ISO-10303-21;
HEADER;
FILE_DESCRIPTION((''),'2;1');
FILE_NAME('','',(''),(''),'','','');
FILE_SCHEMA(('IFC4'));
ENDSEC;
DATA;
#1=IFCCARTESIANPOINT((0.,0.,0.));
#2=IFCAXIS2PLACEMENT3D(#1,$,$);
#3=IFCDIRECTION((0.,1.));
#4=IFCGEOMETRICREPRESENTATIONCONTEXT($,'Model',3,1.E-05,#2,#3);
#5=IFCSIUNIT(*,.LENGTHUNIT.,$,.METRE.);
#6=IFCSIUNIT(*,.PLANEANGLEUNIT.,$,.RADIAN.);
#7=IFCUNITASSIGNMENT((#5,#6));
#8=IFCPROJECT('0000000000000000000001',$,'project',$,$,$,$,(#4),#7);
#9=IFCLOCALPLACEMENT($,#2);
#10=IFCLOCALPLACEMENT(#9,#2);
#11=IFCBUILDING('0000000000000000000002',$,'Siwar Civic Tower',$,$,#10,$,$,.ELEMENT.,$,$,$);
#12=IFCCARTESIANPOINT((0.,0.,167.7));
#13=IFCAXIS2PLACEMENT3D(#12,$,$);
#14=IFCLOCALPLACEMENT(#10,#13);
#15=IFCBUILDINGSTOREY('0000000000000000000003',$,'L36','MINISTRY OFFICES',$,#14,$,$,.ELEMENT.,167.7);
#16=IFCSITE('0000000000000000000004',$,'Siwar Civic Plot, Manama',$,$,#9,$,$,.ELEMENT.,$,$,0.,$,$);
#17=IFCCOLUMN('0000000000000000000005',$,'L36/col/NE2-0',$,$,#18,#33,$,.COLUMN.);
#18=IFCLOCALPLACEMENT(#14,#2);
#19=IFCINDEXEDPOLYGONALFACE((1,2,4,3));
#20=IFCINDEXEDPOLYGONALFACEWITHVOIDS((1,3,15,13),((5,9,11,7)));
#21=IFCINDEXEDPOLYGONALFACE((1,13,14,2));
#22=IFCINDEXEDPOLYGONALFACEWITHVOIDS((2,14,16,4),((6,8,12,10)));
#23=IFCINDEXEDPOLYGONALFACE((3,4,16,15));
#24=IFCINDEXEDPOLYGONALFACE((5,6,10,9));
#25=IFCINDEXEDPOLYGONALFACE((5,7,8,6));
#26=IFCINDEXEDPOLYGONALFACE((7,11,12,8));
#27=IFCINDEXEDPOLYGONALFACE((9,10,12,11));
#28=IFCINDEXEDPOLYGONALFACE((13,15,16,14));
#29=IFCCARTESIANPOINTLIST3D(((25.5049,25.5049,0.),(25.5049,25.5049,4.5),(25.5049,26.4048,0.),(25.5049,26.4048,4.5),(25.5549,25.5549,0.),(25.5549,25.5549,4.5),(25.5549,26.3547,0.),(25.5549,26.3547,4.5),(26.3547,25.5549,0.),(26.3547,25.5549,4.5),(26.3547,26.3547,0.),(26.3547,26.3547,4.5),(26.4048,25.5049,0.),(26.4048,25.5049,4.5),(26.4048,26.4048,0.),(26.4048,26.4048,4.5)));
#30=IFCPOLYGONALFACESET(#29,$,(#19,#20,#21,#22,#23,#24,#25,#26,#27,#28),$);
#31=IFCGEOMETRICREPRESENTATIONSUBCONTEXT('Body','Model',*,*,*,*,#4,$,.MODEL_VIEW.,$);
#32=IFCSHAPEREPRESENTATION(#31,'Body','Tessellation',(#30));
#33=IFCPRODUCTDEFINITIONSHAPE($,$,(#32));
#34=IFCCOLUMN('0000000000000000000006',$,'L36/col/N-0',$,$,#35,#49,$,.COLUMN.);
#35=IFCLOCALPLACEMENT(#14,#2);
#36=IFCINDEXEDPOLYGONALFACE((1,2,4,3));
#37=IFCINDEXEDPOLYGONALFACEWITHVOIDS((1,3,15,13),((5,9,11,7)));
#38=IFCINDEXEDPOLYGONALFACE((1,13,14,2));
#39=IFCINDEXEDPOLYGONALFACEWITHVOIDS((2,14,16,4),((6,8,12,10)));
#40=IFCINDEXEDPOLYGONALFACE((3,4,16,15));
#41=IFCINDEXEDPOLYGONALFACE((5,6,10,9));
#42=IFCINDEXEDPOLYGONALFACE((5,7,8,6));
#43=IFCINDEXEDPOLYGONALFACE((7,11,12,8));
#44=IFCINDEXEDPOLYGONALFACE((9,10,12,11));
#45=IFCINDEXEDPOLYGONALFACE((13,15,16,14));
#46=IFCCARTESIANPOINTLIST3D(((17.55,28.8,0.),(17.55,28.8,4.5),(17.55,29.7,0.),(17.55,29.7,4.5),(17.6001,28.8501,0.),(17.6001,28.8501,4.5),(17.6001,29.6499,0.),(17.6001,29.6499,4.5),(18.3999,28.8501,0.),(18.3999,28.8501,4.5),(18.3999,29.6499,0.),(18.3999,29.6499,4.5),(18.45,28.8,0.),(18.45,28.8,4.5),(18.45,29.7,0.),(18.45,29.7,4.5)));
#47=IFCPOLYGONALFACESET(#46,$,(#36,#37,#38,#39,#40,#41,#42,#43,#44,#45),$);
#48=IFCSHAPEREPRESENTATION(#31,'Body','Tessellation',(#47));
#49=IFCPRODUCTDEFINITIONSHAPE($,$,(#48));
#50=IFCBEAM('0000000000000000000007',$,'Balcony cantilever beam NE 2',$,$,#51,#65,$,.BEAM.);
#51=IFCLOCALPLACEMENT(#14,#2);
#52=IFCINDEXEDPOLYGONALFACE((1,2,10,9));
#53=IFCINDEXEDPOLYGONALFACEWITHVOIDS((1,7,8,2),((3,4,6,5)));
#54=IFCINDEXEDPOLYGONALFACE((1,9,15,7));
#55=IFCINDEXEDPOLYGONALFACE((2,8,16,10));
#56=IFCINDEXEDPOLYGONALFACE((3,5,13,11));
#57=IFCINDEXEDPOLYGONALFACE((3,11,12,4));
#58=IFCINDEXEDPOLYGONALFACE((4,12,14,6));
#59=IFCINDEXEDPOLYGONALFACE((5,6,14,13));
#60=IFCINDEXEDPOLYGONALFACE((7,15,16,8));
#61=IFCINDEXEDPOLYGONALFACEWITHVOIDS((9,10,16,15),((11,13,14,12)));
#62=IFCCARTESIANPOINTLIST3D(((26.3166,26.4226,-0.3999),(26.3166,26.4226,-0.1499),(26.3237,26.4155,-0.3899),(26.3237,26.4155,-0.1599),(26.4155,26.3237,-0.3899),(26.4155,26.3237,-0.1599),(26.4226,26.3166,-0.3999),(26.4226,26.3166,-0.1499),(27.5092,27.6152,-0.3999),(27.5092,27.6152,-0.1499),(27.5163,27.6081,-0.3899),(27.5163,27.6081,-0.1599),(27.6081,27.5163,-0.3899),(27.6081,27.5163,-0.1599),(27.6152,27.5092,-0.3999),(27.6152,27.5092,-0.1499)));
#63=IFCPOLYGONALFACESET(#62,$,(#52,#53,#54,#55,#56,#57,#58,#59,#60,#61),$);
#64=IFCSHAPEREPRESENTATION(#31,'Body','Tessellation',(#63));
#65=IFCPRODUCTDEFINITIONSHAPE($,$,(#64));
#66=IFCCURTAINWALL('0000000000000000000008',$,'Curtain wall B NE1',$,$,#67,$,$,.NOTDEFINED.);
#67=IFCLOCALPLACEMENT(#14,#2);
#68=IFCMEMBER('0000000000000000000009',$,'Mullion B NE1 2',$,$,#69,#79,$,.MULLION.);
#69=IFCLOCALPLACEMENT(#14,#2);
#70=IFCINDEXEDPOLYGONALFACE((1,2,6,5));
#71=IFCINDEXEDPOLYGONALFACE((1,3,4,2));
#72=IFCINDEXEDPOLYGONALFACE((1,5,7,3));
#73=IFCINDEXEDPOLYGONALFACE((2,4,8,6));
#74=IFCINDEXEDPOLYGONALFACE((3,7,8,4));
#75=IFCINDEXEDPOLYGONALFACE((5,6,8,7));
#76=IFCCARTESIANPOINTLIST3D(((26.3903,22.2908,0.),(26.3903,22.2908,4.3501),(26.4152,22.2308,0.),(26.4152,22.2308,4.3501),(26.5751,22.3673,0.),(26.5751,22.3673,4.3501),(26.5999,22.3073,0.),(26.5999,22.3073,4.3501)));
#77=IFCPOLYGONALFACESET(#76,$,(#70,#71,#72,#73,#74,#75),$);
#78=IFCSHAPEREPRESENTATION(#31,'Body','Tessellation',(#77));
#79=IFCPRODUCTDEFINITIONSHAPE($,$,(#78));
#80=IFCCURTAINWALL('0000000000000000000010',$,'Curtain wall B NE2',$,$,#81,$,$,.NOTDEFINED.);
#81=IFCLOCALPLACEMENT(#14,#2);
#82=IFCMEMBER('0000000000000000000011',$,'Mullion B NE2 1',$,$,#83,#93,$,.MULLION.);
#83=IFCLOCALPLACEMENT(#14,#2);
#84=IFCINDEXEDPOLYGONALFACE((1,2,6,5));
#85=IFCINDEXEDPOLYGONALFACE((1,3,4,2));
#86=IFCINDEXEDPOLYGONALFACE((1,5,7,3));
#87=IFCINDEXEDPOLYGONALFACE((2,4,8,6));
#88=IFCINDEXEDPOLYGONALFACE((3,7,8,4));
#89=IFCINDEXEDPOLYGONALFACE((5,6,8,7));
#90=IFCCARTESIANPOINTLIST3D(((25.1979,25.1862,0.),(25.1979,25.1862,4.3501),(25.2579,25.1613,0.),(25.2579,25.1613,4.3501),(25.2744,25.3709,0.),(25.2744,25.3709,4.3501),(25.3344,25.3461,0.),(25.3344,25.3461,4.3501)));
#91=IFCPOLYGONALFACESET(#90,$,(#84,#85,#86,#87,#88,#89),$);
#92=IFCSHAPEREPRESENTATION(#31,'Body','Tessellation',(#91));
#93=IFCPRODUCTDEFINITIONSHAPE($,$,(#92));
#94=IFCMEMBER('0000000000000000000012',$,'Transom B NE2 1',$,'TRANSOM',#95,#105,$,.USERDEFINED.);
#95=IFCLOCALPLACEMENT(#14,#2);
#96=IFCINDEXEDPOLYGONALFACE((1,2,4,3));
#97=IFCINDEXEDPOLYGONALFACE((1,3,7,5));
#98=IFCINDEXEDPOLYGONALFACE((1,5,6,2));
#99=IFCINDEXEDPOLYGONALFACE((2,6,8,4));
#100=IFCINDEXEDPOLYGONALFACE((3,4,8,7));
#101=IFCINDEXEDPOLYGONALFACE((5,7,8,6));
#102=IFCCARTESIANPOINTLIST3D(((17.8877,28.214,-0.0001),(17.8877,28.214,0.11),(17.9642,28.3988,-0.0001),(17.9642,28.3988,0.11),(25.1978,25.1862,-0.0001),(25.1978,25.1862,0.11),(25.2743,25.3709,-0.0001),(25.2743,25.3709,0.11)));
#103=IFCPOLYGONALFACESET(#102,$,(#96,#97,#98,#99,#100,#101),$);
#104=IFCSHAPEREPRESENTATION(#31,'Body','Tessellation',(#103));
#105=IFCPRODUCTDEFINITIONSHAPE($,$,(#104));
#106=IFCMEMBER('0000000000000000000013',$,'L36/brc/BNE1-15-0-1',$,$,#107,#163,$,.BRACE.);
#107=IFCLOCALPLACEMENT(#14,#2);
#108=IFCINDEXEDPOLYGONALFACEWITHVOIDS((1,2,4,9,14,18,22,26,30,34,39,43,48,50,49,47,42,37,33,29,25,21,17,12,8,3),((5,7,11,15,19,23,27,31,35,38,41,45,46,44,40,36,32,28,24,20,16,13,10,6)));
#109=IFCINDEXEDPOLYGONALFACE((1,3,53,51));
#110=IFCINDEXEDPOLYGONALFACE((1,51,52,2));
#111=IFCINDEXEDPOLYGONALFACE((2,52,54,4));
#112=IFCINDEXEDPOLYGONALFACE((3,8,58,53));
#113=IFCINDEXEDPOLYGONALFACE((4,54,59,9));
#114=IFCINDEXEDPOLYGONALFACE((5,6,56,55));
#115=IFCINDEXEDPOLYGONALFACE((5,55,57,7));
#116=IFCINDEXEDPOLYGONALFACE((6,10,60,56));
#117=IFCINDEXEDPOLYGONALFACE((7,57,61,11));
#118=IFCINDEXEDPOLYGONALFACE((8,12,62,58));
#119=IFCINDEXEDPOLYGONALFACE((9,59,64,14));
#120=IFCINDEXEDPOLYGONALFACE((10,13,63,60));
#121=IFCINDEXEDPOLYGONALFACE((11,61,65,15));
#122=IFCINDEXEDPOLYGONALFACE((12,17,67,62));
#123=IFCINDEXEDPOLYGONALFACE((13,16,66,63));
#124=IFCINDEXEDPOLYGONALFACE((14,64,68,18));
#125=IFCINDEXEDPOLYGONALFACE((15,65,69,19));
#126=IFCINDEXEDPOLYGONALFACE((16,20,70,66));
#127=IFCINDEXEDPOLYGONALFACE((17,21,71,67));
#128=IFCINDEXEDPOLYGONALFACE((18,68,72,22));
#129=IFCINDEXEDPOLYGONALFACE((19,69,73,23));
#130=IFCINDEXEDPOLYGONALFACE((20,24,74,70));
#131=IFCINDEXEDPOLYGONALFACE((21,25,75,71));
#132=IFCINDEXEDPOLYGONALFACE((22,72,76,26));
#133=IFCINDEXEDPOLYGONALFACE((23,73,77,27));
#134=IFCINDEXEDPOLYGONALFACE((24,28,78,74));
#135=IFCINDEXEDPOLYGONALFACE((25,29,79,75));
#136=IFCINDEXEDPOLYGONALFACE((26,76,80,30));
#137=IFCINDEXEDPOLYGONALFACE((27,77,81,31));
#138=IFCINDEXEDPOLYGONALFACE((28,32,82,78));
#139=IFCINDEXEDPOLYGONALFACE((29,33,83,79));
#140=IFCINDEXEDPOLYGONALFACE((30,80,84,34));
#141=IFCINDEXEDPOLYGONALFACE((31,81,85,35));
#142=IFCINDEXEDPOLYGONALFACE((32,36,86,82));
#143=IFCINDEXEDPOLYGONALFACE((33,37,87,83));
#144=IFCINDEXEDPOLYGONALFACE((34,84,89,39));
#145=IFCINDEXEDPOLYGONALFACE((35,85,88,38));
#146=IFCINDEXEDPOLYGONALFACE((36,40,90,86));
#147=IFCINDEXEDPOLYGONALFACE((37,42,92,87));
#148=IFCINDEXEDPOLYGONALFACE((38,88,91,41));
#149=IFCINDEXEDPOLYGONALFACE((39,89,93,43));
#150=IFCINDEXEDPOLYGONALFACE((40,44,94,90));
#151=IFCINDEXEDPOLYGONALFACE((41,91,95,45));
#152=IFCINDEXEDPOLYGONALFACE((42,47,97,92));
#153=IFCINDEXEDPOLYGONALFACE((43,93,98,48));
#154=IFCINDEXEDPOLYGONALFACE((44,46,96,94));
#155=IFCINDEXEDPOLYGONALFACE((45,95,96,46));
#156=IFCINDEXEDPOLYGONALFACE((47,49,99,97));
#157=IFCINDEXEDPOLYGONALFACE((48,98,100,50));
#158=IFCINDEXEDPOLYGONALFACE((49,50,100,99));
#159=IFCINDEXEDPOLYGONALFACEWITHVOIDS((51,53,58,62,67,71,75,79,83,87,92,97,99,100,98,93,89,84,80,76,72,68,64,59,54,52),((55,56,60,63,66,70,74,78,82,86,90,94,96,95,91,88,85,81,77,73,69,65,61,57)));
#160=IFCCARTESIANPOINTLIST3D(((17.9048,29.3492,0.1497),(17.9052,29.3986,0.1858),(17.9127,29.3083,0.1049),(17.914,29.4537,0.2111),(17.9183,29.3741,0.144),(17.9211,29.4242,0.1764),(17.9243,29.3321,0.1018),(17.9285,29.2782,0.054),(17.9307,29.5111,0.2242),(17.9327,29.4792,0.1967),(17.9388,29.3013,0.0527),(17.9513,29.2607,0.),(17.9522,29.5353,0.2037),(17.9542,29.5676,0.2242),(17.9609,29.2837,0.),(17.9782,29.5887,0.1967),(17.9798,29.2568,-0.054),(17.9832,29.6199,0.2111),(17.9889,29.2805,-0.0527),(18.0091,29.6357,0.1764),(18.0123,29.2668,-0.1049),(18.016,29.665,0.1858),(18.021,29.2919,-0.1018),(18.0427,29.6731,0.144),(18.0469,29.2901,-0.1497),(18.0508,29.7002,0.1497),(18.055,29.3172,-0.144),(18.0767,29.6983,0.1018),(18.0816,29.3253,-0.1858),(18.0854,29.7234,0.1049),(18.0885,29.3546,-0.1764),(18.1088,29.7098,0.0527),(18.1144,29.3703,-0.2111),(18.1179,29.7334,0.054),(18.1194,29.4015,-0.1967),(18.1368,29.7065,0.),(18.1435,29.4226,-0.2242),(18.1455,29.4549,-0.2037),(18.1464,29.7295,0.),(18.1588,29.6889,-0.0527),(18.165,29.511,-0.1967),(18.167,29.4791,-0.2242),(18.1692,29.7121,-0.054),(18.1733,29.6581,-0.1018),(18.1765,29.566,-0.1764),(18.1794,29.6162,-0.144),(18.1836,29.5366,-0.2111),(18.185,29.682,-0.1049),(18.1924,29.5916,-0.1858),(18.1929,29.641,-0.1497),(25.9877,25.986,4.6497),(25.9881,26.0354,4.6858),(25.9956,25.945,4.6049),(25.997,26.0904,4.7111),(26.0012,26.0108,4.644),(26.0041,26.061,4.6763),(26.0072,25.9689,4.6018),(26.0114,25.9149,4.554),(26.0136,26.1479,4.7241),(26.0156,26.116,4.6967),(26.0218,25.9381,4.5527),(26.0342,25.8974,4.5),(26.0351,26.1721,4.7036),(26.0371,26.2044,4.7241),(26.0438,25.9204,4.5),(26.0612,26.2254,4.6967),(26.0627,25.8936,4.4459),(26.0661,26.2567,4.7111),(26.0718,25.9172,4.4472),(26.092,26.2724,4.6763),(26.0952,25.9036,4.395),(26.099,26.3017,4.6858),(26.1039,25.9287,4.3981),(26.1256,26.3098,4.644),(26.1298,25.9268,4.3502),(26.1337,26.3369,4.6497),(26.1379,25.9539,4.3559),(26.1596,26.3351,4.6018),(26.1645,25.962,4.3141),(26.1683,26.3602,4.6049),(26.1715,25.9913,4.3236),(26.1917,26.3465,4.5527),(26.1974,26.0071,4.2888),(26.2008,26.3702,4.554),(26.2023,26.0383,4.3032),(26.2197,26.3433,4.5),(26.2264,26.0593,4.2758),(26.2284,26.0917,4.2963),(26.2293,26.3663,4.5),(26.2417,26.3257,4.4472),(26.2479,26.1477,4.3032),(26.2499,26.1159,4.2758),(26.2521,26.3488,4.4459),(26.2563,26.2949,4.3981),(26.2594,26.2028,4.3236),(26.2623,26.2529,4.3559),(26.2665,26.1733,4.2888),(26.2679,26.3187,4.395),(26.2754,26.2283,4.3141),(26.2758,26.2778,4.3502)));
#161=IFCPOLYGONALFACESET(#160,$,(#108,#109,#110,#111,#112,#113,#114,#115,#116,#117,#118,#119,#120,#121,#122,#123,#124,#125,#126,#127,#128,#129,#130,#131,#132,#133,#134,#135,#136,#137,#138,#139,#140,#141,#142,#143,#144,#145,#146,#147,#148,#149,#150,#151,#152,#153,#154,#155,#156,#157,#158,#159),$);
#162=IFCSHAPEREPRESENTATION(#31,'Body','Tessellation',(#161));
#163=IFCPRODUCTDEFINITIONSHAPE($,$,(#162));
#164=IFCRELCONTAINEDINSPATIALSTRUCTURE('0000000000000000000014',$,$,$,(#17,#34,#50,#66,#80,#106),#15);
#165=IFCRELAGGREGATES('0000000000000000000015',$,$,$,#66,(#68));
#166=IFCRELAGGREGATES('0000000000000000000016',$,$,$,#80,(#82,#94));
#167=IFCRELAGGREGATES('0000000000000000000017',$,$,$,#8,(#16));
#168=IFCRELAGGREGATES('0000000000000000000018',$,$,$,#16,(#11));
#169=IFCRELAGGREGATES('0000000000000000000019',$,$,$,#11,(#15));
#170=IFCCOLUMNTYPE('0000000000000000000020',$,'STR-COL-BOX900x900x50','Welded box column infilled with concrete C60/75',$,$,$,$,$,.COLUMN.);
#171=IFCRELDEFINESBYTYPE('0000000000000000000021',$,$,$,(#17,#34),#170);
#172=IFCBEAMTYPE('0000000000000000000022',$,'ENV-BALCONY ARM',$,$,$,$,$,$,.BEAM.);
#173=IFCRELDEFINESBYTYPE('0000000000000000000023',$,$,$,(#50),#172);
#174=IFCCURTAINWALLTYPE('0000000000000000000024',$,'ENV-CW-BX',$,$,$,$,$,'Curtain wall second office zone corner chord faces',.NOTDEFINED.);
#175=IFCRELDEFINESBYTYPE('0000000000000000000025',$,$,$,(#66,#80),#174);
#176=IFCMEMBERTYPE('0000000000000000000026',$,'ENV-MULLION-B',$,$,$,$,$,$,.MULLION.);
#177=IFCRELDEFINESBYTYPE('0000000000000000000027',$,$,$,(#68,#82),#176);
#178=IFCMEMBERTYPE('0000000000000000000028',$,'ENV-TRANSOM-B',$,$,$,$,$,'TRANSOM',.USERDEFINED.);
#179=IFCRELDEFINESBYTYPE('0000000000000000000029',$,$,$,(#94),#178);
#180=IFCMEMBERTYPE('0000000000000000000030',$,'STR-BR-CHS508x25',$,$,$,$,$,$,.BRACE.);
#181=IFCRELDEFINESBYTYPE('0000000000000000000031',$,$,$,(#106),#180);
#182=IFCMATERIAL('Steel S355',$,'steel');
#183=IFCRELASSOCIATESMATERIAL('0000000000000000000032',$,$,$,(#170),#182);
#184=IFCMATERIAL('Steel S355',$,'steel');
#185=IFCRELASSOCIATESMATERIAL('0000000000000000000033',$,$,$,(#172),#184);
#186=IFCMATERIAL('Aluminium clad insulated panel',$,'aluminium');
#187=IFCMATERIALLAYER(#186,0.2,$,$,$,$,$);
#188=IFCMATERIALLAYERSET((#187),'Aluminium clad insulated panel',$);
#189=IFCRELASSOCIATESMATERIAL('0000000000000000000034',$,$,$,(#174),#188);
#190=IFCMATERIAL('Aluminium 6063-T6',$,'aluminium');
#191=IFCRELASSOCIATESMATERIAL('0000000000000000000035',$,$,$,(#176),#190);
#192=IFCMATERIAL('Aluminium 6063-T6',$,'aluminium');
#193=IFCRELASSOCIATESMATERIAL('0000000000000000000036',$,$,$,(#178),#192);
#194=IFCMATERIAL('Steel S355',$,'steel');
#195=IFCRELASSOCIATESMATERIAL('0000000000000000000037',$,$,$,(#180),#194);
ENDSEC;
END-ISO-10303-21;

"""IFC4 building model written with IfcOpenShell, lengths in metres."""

from ifc_helpers import new_model, si_unit, direction, frame, origin, origin_2d, place, context, subcontext, project, spatial, rectangle, hollow_rectangle, hollow_circle, extrude, material, layer, layer_set, material_profile, profile_set, type_object, element, aggregate, save


model = new_model("IFC4")

# Units and contexts
model_context = context("Model", 3, precision=1e-05, world=origin(), true_north=direction((0.0, 1.0)))
body_context = subcontext(model_context, "Body", "Model", "MODEL_VIEW")
ifc_project = project(units=[si_unit("LENGTHUNIT", "METRE"), si_unit("PLANEANGLEUNIT", "RADIAN")], contexts=[model_context])

# Site, building, storey
site_placement = place(None, origin())
site = spatial("IfcSite", under=ifc_project, at=site_placement, Name="Siwar Civic Plot, Manama", CompositionType="ELEMENT", RefElevation=0.0)
building_placement = place(site_placement, origin())
building = spatial("IfcBuilding", under=site, at=building_placement, Name="Siwar Civic Tower", CompositionType="ELEMENT")
storey_placement = place(building_placement, frame((0.0, 0.0, 167.7)))
storey = spatial("IfcBuildingStorey", under=building, at=storey_placement, Name="L36", Description="MINISTRY OFFICES", CompositionType="ELEMENT", Elevation=167.7)

# Columns
ifc_material_1 = material(Name="Steel S355", Category="steel")
ifc_material_profile_1 = material_profile(ifc_material_1, hollow_rectangle(XDim=0.8999, YDim=0.8999, WallThickness=0.05, at=origin_2d()), Name="BOX900x900x50")
ifc_profile_set_1 = profile_set([ifc_material_profile_1], Name="Steel S355")
column_type = type_object("IfcColumnType", Name="STR-COL-BOX900x900x50", Description="Welded box column infilled with concrete C60/75", PredefinedType="COLUMN", material=ifc_profile_set_1)
for number, where, z_axis, x_axis, name in (
    (1, (25.9548, 25.9548, 0.0), (0.0, 0.0, 1.0), (1.0, 0.0, 0.0), "L36/col/NE2-0"),
    (2, (18.0, 29.25, 0.0), (0.0, 0.0, 1.0), (1.0, 0.0, 0.0), "L36/col/N-0"),
):
    element("IfcColumn", number, at=place(storey_placement, frame(where, z_axis=z_axis, x_axis=x_axis)), inside=storey, type_object=column_type, Name=name, PredefinedType="COLUMN", context=body_context, shape_type="SweptSolid", body=[
        extrude(hollow_rectangle(XDim=0.8999, YDim=0.8999, WallThickness=0.05, at=origin_2d()), origin(), (0.0, 0.0, 1.0), 4.5),
    ])

# Beam
ifc_material_2 = material(Name="Steel S355", Category="steel")
ifc_material_profile_2 = material_profile(ifc_material_2, hollow_rectangle(XDim=0.1499, YDim=0.25, WallThickness=0.01, at=origin_2d()), Name="RHS250x150x10")
ifc_profile_set_2 = profile_set([ifc_material_profile_2], Name="Steel S355")
beam_type_1 = type_object("IfcBeamType", Name="ENV-BALCONY ARM", PredefinedType="BEAM", material=ifc_profile_set_2)
beam_1_placement = place(storey_placement, frame((26.3696, 26.3696, -0.2749), z_axis=(0.707107, 0.707107, 0.0), x_axis=(-0.707107, 0.707107, 0.0)))
element("IfcBeam", 3, at=beam_1_placement, inside=storey, type_object=beam_type_1, Name="Balcony cantilever beam NE 2", PredefinedType="BEAM", context=body_context, shape_type="SweptSolid", body=[
    extrude(hollow_rectangle(XDim=0.1499, YDim=0.25, WallThickness=0.01, at=origin_2d()), origin(), (0.0, 0.0, 1.0), 1.6865),
])

# Curtain wall, member
ifc_material_3 = material(Name="Aluminium clad insulated panel", Category="aluminium")
ifc_layer_1 = layer(ifc_material_3, 0.2)
ifc_layer_set_1 = layer_set([ifc_layer_1], Name="Aluminium clad insulated panel")
curtain_wall_type = type_object("IfcCurtainWallType", Name="ENV-CW-BX", ElementType="Curtain wall second office zone corner chord faces", PredefinedType="NOTDEFINED", material=ifc_layer_set_1)
curtain_wall_1_placement = place(storey_placement, origin())
curtain_wall_1 = element("IfcCurtainWall", 4, at=curtain_wall_1_placement, inside=storey, type_object=curtain_wall_type, Name="Curtain wall B NE1", PredefinedType="NOTDEFINED")
ifc_material_4 = material(Name="Aluminium 6063-T6", Category="aluminium")
ifc_material_profile_3 = material_profile(ifc_material_4, rectangle(XDim=0.2, YDim=0.0649, at=origin_2d()), Name="AL 200x65")
ifc_profile_set_3 = profile_set([ifc_material_profile_3], Name="Aluminium 6063-T6")
member_type_1 = type_object("IfcMemberType", Name="ENV-MULLION-B", PredefinedType="MULLION", material=ifc_profile_set_3)
member_1_placement = place(storey_placement, frame((26.4951, 22.2991, 0.0), z_axis=(0.0, 0.0, 1.0), x_axis=(-0.92388, -0.382683, 0.0)))
member_1 = element("IfcMember", 5, at=member_1_placement, type_object=member_type_1, Name="Mullion B NE1 2", PredefinedType="MULLION", context=body_context, shape_type="SweptSolid", body=[
    extrude(rectangle(XDim=0.2, YDim=0.0649, at=origin_2d()), origin(), (0.0, 0.0, 1.0), 4.3501),
])
aggregate(curtain_wall_1, [member_1])

# Curtain wall, members
curtain_wall_2_placement = place(storey_placement, origin())
curtain_wall_2 = element("IfcCurtainWall", 6, at=curtain_wall_2_placement, inside=storey, type_object=curtain_wall_type, Name="Curtain wall B NE2", PredefinedType="NOTDEFINED")
member_2_placement = place(storey_placement, frame((25.2661, 25.2661, 0.0), z_axis=(0.0, 0.0, 1.0), x_axis=(-0.382683, -0.92388, 0.0)))
member_2 = element("IfcMember", 7, at=member_2_placement, type_object=member_type_1, Name="Mullion B NE2 1", PredefinedType="MULLION", context=body_context, shape_type="SweptSolid", body=[
    extrude(rectangle(XDim=0.2, YDim=0.0649, at=origin_2d()), origin(), (0.0, 0.0, 1.0), 4.3501),
])
ifc_material_5 = material(Name="Aluminium 6063-T6", Category="aluminium")
ifc_material_profile_4 = material_profile(ifc_material_5, rectangle(XDim=0.2, YDim=0.1101, at=origin_2d()), Name="AL 200x110")
ifc_profile_set_4 = profile_set([ifc_material_profile_4], Name="Aluminium 6063-T6")
member_type_2 = type_object("IfcMemberType", Name="ENV-TRANSOM-B", ElementType="TRANSOM", PredefinedType="USERDEFINED", material=ifc_profile_set_4)
member_3_placement = place(storey_placement, frame((25.2361, 25.2786, 0.0549), z_axis=(-0.923884, 0.382673, 0.0), x_axis=(-0.382673, -0.923884, 0.0)))
member_3 = element("IfcMember", 8, at=member_3_placement, type_object=member_type_2, Name="Transom B NE2 1", ObjectType="TRANSOM", PredefinedType="USERDEFINED", context=body_context, shape_type="SweptSolid", body=[
    extrude(rectangle(XDim=0.2, YDim=0.1101, at=origin_2d()), origin(), (0.0, 0.0, 1.0), 7.9124),
])

# Member
ifc_material_6 = material(Name="Steel S355", Category="steel")
ifc_material_profile_5 = material_profile(ifc_material_6, hollow_circle(Radius=0.2539, WallThickness=0.0249, at=origin_2d()), Name="CHS508x25")
ifc_profile_set_5 = profile_set([ifc_material_profile_5], Name="Steel S355")
member_type_3 = type_object("IfcMemberType", Name="STR-BR-CHS508x25", PredefinedType="BRACE", material=ifc_profile_set_5)
member_4_placement = place(storey_placement, frame((18.0488, 29.4951, 0.0), z_axis=(0.821143, -0.341671, 0.457149), x_axis=(0.384164, 0.923265, 0.0)))
element("IfcMember", 9, at=member_4_placement, inside=storey, type_object=member_type_3, Name="L36/brc/BNE1-15-0-1", PredefinedType="BRACE", context=body_context, shape_type="SweptSolid", body=[
    extrude(hollow_circle(Radius=0.2539, WallThickness=0.0249, at=origin_2d()), origin(), (0.0, 0.0, 1.0), 9.8435),
])

aggregate(curtain_wall_2, [member_2, member_3])

save(model, "model.ifc")
